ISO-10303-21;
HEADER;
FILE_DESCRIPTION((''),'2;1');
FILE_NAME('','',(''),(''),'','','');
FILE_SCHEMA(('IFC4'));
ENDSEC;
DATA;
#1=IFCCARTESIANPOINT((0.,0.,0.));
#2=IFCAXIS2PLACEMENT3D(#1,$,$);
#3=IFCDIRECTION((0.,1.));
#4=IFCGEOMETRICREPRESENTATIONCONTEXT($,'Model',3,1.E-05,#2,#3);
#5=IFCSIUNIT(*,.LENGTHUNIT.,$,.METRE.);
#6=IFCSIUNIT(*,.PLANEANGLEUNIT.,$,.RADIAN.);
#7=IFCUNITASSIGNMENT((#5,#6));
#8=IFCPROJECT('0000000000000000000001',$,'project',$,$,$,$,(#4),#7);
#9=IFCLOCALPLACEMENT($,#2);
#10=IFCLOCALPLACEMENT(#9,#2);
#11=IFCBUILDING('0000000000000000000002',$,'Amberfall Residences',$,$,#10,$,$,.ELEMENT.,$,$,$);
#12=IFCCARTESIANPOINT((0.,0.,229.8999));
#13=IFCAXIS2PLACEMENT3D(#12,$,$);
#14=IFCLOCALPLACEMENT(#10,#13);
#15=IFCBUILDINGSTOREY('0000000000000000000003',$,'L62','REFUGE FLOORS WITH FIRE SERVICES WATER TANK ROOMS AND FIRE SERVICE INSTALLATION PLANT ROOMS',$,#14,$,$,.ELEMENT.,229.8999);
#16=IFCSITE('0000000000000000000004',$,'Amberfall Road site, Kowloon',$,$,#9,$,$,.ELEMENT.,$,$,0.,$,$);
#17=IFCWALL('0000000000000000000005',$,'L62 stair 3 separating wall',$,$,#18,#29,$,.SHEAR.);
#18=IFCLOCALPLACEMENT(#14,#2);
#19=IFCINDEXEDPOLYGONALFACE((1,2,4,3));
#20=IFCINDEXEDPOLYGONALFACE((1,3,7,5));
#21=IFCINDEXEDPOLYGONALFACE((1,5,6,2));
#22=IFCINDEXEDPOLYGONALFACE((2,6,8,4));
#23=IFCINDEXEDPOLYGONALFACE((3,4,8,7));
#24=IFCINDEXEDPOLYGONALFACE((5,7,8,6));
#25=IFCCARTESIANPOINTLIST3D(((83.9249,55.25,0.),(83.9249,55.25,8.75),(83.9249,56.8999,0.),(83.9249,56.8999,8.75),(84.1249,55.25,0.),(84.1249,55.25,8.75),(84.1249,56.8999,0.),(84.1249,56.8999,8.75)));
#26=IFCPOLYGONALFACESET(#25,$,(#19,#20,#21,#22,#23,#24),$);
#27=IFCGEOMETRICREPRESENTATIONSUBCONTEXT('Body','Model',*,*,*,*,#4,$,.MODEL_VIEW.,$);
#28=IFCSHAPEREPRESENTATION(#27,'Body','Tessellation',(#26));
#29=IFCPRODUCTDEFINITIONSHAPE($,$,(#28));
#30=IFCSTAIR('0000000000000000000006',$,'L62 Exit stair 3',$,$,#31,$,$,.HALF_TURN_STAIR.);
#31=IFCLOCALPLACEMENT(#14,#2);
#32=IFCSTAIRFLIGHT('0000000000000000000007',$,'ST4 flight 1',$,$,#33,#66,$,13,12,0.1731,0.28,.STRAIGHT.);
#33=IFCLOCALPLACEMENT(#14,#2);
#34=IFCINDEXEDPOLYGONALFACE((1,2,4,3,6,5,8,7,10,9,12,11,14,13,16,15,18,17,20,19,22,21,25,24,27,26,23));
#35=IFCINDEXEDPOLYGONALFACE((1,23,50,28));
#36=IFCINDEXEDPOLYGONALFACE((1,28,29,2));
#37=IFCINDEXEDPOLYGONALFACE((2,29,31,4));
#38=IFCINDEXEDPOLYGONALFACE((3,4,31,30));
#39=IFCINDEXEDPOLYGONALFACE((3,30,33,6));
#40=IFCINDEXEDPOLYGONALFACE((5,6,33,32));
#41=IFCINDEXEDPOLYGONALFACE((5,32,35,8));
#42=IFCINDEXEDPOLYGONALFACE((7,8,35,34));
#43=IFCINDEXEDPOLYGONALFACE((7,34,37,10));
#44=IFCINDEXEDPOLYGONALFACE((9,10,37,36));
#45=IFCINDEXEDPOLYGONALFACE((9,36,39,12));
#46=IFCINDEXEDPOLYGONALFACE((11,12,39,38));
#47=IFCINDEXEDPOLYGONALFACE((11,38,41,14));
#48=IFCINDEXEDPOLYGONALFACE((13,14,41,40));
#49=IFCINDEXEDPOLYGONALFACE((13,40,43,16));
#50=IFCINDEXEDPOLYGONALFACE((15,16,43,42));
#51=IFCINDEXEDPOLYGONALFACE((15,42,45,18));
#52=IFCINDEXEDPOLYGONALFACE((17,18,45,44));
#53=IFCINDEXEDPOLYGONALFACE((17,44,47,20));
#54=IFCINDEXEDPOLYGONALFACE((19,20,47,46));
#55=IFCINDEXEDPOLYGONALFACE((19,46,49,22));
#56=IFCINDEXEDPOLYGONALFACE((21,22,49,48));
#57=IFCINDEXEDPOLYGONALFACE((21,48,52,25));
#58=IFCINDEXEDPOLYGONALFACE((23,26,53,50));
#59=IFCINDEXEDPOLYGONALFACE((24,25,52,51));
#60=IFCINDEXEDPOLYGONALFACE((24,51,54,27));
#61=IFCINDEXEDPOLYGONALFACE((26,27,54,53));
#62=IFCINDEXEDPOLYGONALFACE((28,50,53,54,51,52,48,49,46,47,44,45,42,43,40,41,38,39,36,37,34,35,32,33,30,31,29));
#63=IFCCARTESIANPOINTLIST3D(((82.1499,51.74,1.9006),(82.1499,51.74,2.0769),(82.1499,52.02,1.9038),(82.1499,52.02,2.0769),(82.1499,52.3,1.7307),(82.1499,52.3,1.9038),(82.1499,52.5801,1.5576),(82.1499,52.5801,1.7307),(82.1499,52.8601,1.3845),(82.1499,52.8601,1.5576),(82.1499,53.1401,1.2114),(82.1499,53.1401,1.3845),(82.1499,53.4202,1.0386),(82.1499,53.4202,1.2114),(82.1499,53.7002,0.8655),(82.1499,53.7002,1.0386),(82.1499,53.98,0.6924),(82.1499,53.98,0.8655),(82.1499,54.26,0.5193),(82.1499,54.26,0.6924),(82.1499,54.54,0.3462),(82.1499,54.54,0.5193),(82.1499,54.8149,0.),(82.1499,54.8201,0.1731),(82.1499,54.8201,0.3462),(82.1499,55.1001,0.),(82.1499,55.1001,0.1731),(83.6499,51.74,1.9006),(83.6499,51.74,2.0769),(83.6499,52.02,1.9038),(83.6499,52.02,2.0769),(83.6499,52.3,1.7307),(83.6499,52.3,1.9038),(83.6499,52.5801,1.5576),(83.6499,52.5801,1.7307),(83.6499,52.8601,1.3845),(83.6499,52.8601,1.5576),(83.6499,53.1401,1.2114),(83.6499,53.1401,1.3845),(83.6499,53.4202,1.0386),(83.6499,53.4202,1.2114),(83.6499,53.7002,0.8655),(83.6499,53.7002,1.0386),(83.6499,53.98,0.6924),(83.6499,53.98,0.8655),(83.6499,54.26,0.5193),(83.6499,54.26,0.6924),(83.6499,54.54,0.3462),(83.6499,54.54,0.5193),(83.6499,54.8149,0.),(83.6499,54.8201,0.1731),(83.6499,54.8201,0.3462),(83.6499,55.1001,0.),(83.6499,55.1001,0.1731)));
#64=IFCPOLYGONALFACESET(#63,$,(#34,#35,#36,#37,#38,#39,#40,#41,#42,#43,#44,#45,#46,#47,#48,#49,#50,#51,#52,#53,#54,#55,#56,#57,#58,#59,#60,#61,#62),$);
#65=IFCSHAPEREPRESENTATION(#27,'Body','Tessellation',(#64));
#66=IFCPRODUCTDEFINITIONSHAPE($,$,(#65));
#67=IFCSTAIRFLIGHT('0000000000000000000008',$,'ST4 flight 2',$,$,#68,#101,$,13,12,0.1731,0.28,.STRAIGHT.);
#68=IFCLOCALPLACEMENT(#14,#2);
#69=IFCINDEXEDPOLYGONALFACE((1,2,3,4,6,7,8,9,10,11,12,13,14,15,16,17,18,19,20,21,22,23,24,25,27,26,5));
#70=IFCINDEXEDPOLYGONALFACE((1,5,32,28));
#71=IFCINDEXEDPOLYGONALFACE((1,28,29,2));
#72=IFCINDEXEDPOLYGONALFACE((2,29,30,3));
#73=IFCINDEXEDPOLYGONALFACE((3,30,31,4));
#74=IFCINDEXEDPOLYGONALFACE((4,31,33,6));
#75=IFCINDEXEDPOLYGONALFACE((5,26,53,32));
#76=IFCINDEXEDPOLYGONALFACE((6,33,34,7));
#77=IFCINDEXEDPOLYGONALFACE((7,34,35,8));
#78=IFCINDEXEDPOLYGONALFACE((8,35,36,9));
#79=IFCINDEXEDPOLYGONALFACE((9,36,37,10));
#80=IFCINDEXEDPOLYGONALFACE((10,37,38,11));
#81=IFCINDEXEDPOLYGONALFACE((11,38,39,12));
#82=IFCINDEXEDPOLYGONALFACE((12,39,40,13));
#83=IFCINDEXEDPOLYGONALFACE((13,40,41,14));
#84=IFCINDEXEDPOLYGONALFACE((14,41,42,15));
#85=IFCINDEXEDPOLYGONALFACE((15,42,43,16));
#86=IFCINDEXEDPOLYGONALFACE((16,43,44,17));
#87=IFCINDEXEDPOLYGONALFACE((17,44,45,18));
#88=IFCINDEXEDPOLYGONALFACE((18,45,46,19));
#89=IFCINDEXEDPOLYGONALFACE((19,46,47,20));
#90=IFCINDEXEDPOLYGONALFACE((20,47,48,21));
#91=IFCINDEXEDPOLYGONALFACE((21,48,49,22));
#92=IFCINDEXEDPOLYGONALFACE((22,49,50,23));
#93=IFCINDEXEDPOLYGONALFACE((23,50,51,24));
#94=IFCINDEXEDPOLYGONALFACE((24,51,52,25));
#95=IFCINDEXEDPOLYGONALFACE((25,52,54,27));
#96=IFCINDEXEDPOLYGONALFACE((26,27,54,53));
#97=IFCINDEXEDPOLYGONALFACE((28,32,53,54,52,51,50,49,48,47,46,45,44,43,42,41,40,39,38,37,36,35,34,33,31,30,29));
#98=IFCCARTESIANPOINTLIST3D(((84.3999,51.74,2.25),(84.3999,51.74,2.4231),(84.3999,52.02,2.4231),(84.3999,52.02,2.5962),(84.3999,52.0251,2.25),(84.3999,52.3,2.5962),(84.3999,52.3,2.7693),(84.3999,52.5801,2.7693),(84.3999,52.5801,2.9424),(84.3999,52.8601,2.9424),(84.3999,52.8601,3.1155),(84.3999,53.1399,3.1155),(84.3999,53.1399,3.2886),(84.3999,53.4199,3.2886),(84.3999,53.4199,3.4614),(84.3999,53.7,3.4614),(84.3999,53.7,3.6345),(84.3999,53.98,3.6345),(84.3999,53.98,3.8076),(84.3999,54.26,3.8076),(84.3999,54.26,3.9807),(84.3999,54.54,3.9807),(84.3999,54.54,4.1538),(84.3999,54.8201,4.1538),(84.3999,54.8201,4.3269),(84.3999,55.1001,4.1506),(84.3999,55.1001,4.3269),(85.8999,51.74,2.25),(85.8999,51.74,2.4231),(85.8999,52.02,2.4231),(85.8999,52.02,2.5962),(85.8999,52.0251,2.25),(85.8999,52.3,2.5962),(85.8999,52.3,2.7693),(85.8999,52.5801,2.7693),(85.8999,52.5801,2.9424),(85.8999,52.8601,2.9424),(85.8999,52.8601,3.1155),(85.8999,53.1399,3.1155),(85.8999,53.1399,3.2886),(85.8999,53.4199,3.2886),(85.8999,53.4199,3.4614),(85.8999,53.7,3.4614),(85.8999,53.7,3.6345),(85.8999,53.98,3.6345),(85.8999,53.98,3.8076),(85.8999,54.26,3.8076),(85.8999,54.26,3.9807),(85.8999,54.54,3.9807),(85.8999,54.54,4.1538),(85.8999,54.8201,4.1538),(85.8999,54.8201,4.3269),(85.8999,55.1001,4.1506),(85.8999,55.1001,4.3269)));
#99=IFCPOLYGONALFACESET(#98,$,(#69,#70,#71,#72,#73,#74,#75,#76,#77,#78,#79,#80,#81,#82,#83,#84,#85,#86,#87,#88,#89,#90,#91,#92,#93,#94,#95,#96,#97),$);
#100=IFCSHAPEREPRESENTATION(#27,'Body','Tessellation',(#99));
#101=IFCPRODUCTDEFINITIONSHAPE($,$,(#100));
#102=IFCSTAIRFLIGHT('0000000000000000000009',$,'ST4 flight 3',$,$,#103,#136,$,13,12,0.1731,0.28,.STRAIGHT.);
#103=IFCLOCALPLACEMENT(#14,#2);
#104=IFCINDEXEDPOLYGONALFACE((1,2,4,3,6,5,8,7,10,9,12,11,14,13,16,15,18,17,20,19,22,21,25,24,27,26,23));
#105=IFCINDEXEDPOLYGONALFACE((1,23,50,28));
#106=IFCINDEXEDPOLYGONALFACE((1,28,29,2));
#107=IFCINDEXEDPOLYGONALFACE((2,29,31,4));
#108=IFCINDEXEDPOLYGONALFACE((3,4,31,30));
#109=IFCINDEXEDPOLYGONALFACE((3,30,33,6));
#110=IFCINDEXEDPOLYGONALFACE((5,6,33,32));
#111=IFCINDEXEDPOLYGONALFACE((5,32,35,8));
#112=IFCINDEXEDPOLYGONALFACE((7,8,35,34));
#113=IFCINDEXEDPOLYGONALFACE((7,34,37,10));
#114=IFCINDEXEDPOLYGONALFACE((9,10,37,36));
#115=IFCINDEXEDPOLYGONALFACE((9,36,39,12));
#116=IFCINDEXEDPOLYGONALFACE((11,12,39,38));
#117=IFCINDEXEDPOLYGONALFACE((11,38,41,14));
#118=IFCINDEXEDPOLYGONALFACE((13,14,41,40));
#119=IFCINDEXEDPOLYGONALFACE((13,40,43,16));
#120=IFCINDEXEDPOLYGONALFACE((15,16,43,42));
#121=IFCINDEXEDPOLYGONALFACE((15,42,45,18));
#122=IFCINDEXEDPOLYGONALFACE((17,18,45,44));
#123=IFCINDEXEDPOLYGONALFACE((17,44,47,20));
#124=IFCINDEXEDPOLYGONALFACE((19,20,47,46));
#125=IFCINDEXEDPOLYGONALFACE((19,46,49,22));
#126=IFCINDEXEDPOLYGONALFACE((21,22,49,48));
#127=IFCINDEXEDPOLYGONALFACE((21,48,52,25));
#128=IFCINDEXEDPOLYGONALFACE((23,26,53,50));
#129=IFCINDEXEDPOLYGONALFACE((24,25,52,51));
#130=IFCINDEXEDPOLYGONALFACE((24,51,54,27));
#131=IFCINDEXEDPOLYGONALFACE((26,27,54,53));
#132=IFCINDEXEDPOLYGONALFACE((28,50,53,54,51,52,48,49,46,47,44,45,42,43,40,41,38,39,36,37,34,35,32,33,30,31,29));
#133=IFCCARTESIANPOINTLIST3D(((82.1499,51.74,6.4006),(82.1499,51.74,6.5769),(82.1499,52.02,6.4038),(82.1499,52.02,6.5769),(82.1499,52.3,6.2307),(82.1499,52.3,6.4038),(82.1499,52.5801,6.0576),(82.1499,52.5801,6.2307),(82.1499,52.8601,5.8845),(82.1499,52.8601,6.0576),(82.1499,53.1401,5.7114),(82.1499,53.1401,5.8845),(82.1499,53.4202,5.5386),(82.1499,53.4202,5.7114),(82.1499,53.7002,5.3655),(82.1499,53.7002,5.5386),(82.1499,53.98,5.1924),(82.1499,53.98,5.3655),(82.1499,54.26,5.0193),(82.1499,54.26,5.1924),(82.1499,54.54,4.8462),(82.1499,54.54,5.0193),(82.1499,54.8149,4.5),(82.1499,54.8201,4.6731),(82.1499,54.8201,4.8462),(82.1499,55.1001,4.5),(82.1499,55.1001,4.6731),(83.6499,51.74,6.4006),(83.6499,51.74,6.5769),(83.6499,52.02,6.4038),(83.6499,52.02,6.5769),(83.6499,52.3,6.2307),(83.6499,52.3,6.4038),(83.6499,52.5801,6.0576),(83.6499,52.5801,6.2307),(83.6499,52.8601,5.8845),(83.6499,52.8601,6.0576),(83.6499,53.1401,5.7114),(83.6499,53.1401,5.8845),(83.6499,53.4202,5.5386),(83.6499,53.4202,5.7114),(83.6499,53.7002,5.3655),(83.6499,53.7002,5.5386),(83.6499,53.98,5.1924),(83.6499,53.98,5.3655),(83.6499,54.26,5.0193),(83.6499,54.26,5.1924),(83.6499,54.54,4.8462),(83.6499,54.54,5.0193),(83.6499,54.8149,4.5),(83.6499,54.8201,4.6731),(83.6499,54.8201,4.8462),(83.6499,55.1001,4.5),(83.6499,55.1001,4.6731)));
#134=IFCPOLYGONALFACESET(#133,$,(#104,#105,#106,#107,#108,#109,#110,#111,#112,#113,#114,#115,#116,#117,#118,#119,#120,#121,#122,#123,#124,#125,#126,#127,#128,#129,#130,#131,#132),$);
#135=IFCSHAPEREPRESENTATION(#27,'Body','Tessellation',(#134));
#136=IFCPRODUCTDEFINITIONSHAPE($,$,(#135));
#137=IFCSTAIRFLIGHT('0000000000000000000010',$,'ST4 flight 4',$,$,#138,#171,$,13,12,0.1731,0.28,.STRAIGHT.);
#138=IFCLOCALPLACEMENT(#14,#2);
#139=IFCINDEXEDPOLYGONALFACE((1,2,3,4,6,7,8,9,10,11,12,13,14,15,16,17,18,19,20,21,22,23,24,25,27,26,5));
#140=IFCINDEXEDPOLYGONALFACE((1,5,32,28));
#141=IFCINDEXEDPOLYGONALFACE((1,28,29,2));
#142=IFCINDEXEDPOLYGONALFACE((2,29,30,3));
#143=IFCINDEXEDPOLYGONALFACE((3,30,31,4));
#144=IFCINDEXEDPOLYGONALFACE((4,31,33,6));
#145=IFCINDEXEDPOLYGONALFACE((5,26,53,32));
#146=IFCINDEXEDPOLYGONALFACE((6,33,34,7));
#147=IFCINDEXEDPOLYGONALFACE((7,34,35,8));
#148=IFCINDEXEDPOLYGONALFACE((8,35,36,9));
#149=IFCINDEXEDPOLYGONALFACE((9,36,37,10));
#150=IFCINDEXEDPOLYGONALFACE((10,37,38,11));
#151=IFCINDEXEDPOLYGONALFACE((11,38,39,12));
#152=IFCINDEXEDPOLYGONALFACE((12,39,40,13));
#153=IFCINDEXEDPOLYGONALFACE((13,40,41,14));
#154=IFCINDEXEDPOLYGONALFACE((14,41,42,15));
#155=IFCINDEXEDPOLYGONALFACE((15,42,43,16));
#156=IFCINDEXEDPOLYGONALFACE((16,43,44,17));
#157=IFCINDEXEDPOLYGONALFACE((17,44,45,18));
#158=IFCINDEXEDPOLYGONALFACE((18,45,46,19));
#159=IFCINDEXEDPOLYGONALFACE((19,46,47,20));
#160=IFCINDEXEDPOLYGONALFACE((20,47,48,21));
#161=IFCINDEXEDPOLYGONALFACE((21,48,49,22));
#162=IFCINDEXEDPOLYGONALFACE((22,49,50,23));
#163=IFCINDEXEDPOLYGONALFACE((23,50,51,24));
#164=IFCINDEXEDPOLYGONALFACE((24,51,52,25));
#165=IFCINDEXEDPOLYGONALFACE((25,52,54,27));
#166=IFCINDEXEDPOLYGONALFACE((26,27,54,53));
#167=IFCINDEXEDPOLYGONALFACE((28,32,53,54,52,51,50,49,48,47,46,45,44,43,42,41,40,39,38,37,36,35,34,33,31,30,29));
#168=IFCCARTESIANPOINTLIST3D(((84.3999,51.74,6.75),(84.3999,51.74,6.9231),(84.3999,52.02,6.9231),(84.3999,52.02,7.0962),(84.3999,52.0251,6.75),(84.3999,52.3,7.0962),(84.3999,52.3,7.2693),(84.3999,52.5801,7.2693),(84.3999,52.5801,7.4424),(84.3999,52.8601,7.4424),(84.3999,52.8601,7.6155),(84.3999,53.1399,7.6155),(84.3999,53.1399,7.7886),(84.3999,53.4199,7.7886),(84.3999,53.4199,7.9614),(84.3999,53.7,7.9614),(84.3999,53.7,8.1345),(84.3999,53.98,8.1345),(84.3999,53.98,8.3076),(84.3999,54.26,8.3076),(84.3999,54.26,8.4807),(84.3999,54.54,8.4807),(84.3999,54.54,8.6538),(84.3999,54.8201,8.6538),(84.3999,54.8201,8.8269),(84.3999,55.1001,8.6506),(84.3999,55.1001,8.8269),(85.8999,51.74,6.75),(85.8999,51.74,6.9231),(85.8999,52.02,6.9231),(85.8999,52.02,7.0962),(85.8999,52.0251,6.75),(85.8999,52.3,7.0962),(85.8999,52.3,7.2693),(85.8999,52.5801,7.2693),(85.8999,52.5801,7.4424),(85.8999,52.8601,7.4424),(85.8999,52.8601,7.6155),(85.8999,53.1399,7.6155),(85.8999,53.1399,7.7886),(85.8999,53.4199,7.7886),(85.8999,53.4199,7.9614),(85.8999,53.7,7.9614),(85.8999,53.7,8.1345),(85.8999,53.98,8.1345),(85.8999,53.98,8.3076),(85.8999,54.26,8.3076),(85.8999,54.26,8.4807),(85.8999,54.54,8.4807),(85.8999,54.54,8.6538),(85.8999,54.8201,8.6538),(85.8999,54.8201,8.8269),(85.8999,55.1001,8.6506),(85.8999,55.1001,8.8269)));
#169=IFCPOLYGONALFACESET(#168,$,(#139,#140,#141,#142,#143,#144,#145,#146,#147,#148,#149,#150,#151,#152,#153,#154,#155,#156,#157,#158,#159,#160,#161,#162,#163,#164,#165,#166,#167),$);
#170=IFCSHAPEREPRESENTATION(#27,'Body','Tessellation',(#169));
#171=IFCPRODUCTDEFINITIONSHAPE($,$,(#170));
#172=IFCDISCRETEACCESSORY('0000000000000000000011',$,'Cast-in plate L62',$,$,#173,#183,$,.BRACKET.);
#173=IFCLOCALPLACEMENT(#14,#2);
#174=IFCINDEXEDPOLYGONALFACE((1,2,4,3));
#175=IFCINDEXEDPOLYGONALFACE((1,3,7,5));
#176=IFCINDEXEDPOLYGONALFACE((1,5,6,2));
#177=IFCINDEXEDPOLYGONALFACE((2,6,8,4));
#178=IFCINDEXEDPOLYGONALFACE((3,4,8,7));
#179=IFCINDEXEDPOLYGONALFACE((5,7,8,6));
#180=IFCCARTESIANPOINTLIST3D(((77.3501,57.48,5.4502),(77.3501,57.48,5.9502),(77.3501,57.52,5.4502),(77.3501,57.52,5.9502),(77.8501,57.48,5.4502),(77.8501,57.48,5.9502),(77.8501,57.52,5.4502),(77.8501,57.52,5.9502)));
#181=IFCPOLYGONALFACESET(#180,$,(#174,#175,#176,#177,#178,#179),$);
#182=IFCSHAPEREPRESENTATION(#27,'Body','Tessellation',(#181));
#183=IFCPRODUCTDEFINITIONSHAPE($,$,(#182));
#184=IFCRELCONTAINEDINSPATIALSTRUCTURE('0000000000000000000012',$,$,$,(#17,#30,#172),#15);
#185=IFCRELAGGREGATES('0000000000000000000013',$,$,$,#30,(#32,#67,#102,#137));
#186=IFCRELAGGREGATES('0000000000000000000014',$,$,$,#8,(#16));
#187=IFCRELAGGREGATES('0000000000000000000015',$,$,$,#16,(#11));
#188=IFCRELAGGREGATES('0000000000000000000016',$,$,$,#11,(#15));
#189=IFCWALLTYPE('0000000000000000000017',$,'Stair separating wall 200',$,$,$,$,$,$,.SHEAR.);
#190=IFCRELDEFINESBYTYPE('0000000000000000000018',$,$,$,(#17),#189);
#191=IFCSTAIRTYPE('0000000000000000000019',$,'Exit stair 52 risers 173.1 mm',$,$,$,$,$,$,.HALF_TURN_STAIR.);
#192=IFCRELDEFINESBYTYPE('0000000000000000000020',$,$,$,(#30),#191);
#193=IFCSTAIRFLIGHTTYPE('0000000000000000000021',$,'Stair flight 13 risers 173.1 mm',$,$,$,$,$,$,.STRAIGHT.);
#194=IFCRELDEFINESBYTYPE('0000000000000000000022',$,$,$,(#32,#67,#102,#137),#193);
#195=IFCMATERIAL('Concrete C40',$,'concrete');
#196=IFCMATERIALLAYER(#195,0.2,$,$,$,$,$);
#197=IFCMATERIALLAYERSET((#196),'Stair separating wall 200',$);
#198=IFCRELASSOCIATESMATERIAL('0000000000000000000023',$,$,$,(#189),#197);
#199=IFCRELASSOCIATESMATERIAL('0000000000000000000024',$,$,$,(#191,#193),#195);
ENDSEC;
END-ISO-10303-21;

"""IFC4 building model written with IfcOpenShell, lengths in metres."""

from ifc_helpers import new_model, si_unit, direction, frame, frame_2d, origin, origin_2d, place, context, subcontext, project, spatial, polyline, rectangle, outline, extrude, material, layer, layer_set, type_object, element, aggregate, save


model = new_model("IFC4")

# Units and contexts
model_context = context("Model", 3, precision=1e-05, world=origin(), true_north=direction((0.0, 1.0)))
body_context = subcontext(model_context, "Body", "Model", "MODEL_VIEW")
ifc_project = project(units=[si_unit("LENGTHUNIT", "METRE"), si_unit("PLANEANGLEUNIT", "RADIAN")], contexts=[model_context])

# Site, building, storey
site_placement = place(None, origin())
site = spatial("IfcSite", under=ifc_project, at=site_placement, Name="Amberfall Road site, Kowloon", CompositionType="ELEMENT", RefElevation=0.0)
building_placement = place(site_placement, origin())
building = spatial("IfcBuilding", under=site, at=building_placement, Name="Amberfall Residences", CompositionType="ELEMENT")
storey_placement = place(building_placement, frame((0.0, 0.0, 229.8999)))
storey = spatial("IfcBuildingStorey", under=building, at=storey_placement, Name="L62", Description="REFUGE FLOORS WITH FIRE SERVICES WATER TANK ROOMS AND FIRE SERVICE INSTALLATION PLANT ROOMS", CompositionType="ELEMENT", Elevation=229.8999)

# Wall
ifc_material_1 = material(Name="Concrete C40", Category="concrete")
ifc_layer_1 = layer(ifc_material_1, 0.2)
ifc_layer_set_1 = layer_set([ifc_layer_1], Name="Stair separating wall 200")
wall_type_1 = type_object("IfcWallType", Name="Stair separating wall 200", PredefinedType="SHEAR", material=ifc_layer_set_1)
wall_1_placement = place(storey_placement, frame((84.0249, 56.8999, 0.0), z_axis=(0.0, 0.0, 1.0), x_axis=(0.0, -1.0, 0.0)))
element("IfcWall", 1, at=wall_1_placement, inside=storey, type_object=wall_type_1, Name="L62 stair 3 separating wall", PredefinedType="SHEAR", context=body_context, shape_type="SweptSolid", body=[
    extrude(rectangle(XDim=1.6499, YDim=0.2, at=frame_2d((0.825, 0.0))), origin(), (0.0, 0.0, 1.0), 8.75),
])

# Stair, stair flights
stair_type = type_object("IfcStairType", Name="Exit stair 52 risers 173.1 mm", PredefinedType="HALF_TURN_STAIR", material=ifc_material_1)
stair_placement = place(storey_placement, origin())
stair = element("IfcStair", 2, at=stair_placement, inside=storey, type_object=stair_type, Name="L62 Exit stair 3", PredefinedType="HALF_TURN_STAIR")
stair_flight_type = type_object("IfcStairFlightType", Name="Stair flight 13 risers 173.1 mm", PredefinedType="STRAIGHT", material=ifc_material_1)
stair_flight_1_placement = place(storey_placement, frame((82.8999, 55.1001, 0.0), z_axis=(0.0, 0.0, 1.0), x_axis=(0.0, -1.0, 0.0)))
stair_flight_1 = element("IfcStairFlight", 3, at=stair_flight_1_placement, type_object=stair_flight_type, Name="ST4 flight 1", NumberOfRisers=13, NumberOfTreads=12, PredefinedType="STRAIGHT", RiserHeight=0.1731, TreadLength=0.28, context=body_context, shape_type="SweptSolid", body=[
    extrude(outline(polyline([(0.0, 0.0), (0.0, 0.1731), (0.28, 0.1731), (0.28, 0.3462), (0.5601, 0.3462), (0.5601, 0.5193), (0.8401, 0.5193), (0.8401, 0.6924), (1.1201, 0.6924), (1.1201, 0.8655), (1.3999, 0.8655), (1.3999, 1.0386), (1.6799, 1.0386), (1.6799, 1.2114), (1.96, 1.2114), (1.96, 1.3845), (2.24, 1.3845), (2.24, 1.5576), (2.52, 1.5576), (2.52, 1.7307), (2.8, 1.7307), (2.8, 1.9038), (3.0801, 1.9038), (3.0801, 2.0769), (3.3601, 2.0769), (3.3601, 2.25), (3.3601, 1.9006), (0.2852, 0.0), (0.0, 0.0)])), frame((0.0, 0.75, 0.0), z_axis=(0.0, -1.0, 0.0), x_axis=(1.0, 0.0, 0.0)), (0.0, 0.0, 1.0), 1.5),
])
stair_flight_2_placement = place(storey_placement, frame((85.1499, 51.74, 2.25), z_axis=(0.0, 0.0, 1.0), x_axis=(0.0, 1.0, 0.0)))
stair_flight_2 = element("IfcStairFlight", 4, at=stair_flight_2_placement, type_object=stair_flight_type, Name="ST4 flight 2", NumberOfRisers=13, NumberOfTreads=12, PredefinedType="STRAIGHT", RiserHeight=0.1731, TreadLength=0.28, context=body_context, shape_type="SweptSolid", body=[
    extrude(outline(polyline([(0.0, 0.0), (0.0, 0.1731), (0.28, 0.1731), (0.28, 0.3462), (0.5601, 0.3462), (0.5601, 0.5193), (0.8401, 0.5193), (0.8401, 0.6924), (1.1201, 0.6924), (1.1201, 0.8655), (1.3999, 0.8655), (1.3999, 1.0386), (1.6799, 1.0386), (1.6799, 1.2114), (1.96, 1.2114), (1.96, 1.3845), (2.24, 1.3845), (2.24, 1.5576), (2.52, 1.5576), (2.52, 1.7307), (2.8, 1.7307), (2.8, 1.9038), (3.0801, 1.9038), (3.0801, 2.0769), (3.3601, 2.0769), (3.3601, 2.25), (3.3601, 1.9006), (0.2852, 0.0), (0.0, 0.0)])), frame((0.0, 0.75, 0.0), z_axis=(0.0, -1.0, 0.0), x_axis=(1.0, 0.0, 0.0)), (0.0, 0.0, 1.0), 1.5),
])
stair_flight_3_placement = place(storey_placement, frame((82.8999, 55.1001, 4.5), z_axis=(0.0, 0.0, 1.0), x_axis=(0.0, -1.0, 0.0)))
stair_flight_3 = element("IfcStairFlight", 5, at=stair_flight_3_placement, type_object=stair_flight_type, Name="ST4 flight 3", NumberOfRisers=13, NumberOfTreads=12, PredefinedType="STRAIGHT", RiserHeight=0.1731, TreadLength=0.28, context=body_context, shape_type="SweptSolid", body=[
    extrude(outline(polyline([(0.0, 0.0), (0.0, 0.1731), (0.28, 0.1731), (0.28, 0.3462), (0.5601, 0.3462), (0.5601, 0.5193), (0.8401, 0.5193), (0.8401, 0.6924), (1.1201, 0.6924), (1.1201, 0.8655), (1.3999, 0.8655), (1.3999, 1.0386), (1.6799, 1.0386), (1.6799, 1.2114), (1.96, 1.2114), (1.96, 1.3845), (2.24, 1.3845), (2.24, 1.5576), (2.52, 1.5576), (2.52, 1.7307), (2.8, 1.7307), (2.8, 1.9038), (3.0801, 1.9038), (3.0801, 2.0769), (3.3601, 2.0769), (3.3601, 2.25), (3.3601, 1.9006), (0.2852, 0.0), (0.0, 0.0)])), frame((0.0, 0.75, 0.0), z_axis=(0.0, -1.0, 0.0), x_axis=(1.0, 0.0, 0.0)), (0.0, 0.0, 1.0), 1.5),
])
stair_flight_4_placement = place(storey_placement, frame((85.1499, 51.74, 6.75), z_axis=(0.0, 0.0, 1.0), x_axis=(0.0, 1.0, 0.0)))
stair_flight_4 = element("IfcStairFlight", 6, at=stair_flight_4_placement, type_object=stair_flight_type, Name="ST4 flight 4", NumberOfRisers=13, NumberOfTreads=12, PredefinedType="STRAIGHT", RiserHeight=0.1731, TreadLength=0.28, context=body_context, shape_type="SweptSolid", body=[
    extrude(outline(polyline([(0.0, 0.0), (0.0, 0.1731), (0.28, 0.1731), (0.28, 0.3462), (0.5601, 0.3462), (0.5601, 0.5193), (0.8401, 0.5193), (0.8401, 0.6924), (1.1201, 0.6924), (1.1201, 0.8655), (1.3999, 0.8655), (1.3999, 1.0386), (1.6799, 1.0386), (1.6799, 1.2114), (1.96, 1.2114), (1.96, 1.3845), (2.24, 1.3845), (2.24, 1.5576), (2.52, 1.5576), (2.52, 1.7307), (2.8, 1.7307), (2.8, 1.9038), (3.0801, 1.9038), (3.0801, 2.0769), (3.3601, 2.0769), (3.3601, 2.25), (3.3601, 1.9006), (0.2852, 0.0), (0.0, 0.0)])), frame((0.0, 0.75, 0.0), z_axis=(0.0, -1.0, 0.0), x_axis=(1.0, 0.0, 0.0)), (0.0, 0.0, 1.0), 1.5),
])
aggregate(stair, [stair_flight_1, stair_flight_2, stair_flight_3, stair_flight_4])

# Discrete accessory
discrete_accessory_1_placement = place(storey_placement, frame((77.6001, 57.5, 5.4502), z_axis=(0.0, 0.0, 1.0), x_axis=(0.0, 1.0, 0.0)))
element("IfcDiscreteAccessory", 7, at=discrete_accessory_1_placement, inside=storey, Name="Cast-in plate L62", PredefinedType="BRACKET", context=body_context, shape_type="SweptSolid", body=[
    extrude(rectangle(XDim=0.04, YDim=0.5, at=origin_2d()), origin(), (0.0, 0.0, 1.0), 0.5),
])

save(model, "model.ifc")
